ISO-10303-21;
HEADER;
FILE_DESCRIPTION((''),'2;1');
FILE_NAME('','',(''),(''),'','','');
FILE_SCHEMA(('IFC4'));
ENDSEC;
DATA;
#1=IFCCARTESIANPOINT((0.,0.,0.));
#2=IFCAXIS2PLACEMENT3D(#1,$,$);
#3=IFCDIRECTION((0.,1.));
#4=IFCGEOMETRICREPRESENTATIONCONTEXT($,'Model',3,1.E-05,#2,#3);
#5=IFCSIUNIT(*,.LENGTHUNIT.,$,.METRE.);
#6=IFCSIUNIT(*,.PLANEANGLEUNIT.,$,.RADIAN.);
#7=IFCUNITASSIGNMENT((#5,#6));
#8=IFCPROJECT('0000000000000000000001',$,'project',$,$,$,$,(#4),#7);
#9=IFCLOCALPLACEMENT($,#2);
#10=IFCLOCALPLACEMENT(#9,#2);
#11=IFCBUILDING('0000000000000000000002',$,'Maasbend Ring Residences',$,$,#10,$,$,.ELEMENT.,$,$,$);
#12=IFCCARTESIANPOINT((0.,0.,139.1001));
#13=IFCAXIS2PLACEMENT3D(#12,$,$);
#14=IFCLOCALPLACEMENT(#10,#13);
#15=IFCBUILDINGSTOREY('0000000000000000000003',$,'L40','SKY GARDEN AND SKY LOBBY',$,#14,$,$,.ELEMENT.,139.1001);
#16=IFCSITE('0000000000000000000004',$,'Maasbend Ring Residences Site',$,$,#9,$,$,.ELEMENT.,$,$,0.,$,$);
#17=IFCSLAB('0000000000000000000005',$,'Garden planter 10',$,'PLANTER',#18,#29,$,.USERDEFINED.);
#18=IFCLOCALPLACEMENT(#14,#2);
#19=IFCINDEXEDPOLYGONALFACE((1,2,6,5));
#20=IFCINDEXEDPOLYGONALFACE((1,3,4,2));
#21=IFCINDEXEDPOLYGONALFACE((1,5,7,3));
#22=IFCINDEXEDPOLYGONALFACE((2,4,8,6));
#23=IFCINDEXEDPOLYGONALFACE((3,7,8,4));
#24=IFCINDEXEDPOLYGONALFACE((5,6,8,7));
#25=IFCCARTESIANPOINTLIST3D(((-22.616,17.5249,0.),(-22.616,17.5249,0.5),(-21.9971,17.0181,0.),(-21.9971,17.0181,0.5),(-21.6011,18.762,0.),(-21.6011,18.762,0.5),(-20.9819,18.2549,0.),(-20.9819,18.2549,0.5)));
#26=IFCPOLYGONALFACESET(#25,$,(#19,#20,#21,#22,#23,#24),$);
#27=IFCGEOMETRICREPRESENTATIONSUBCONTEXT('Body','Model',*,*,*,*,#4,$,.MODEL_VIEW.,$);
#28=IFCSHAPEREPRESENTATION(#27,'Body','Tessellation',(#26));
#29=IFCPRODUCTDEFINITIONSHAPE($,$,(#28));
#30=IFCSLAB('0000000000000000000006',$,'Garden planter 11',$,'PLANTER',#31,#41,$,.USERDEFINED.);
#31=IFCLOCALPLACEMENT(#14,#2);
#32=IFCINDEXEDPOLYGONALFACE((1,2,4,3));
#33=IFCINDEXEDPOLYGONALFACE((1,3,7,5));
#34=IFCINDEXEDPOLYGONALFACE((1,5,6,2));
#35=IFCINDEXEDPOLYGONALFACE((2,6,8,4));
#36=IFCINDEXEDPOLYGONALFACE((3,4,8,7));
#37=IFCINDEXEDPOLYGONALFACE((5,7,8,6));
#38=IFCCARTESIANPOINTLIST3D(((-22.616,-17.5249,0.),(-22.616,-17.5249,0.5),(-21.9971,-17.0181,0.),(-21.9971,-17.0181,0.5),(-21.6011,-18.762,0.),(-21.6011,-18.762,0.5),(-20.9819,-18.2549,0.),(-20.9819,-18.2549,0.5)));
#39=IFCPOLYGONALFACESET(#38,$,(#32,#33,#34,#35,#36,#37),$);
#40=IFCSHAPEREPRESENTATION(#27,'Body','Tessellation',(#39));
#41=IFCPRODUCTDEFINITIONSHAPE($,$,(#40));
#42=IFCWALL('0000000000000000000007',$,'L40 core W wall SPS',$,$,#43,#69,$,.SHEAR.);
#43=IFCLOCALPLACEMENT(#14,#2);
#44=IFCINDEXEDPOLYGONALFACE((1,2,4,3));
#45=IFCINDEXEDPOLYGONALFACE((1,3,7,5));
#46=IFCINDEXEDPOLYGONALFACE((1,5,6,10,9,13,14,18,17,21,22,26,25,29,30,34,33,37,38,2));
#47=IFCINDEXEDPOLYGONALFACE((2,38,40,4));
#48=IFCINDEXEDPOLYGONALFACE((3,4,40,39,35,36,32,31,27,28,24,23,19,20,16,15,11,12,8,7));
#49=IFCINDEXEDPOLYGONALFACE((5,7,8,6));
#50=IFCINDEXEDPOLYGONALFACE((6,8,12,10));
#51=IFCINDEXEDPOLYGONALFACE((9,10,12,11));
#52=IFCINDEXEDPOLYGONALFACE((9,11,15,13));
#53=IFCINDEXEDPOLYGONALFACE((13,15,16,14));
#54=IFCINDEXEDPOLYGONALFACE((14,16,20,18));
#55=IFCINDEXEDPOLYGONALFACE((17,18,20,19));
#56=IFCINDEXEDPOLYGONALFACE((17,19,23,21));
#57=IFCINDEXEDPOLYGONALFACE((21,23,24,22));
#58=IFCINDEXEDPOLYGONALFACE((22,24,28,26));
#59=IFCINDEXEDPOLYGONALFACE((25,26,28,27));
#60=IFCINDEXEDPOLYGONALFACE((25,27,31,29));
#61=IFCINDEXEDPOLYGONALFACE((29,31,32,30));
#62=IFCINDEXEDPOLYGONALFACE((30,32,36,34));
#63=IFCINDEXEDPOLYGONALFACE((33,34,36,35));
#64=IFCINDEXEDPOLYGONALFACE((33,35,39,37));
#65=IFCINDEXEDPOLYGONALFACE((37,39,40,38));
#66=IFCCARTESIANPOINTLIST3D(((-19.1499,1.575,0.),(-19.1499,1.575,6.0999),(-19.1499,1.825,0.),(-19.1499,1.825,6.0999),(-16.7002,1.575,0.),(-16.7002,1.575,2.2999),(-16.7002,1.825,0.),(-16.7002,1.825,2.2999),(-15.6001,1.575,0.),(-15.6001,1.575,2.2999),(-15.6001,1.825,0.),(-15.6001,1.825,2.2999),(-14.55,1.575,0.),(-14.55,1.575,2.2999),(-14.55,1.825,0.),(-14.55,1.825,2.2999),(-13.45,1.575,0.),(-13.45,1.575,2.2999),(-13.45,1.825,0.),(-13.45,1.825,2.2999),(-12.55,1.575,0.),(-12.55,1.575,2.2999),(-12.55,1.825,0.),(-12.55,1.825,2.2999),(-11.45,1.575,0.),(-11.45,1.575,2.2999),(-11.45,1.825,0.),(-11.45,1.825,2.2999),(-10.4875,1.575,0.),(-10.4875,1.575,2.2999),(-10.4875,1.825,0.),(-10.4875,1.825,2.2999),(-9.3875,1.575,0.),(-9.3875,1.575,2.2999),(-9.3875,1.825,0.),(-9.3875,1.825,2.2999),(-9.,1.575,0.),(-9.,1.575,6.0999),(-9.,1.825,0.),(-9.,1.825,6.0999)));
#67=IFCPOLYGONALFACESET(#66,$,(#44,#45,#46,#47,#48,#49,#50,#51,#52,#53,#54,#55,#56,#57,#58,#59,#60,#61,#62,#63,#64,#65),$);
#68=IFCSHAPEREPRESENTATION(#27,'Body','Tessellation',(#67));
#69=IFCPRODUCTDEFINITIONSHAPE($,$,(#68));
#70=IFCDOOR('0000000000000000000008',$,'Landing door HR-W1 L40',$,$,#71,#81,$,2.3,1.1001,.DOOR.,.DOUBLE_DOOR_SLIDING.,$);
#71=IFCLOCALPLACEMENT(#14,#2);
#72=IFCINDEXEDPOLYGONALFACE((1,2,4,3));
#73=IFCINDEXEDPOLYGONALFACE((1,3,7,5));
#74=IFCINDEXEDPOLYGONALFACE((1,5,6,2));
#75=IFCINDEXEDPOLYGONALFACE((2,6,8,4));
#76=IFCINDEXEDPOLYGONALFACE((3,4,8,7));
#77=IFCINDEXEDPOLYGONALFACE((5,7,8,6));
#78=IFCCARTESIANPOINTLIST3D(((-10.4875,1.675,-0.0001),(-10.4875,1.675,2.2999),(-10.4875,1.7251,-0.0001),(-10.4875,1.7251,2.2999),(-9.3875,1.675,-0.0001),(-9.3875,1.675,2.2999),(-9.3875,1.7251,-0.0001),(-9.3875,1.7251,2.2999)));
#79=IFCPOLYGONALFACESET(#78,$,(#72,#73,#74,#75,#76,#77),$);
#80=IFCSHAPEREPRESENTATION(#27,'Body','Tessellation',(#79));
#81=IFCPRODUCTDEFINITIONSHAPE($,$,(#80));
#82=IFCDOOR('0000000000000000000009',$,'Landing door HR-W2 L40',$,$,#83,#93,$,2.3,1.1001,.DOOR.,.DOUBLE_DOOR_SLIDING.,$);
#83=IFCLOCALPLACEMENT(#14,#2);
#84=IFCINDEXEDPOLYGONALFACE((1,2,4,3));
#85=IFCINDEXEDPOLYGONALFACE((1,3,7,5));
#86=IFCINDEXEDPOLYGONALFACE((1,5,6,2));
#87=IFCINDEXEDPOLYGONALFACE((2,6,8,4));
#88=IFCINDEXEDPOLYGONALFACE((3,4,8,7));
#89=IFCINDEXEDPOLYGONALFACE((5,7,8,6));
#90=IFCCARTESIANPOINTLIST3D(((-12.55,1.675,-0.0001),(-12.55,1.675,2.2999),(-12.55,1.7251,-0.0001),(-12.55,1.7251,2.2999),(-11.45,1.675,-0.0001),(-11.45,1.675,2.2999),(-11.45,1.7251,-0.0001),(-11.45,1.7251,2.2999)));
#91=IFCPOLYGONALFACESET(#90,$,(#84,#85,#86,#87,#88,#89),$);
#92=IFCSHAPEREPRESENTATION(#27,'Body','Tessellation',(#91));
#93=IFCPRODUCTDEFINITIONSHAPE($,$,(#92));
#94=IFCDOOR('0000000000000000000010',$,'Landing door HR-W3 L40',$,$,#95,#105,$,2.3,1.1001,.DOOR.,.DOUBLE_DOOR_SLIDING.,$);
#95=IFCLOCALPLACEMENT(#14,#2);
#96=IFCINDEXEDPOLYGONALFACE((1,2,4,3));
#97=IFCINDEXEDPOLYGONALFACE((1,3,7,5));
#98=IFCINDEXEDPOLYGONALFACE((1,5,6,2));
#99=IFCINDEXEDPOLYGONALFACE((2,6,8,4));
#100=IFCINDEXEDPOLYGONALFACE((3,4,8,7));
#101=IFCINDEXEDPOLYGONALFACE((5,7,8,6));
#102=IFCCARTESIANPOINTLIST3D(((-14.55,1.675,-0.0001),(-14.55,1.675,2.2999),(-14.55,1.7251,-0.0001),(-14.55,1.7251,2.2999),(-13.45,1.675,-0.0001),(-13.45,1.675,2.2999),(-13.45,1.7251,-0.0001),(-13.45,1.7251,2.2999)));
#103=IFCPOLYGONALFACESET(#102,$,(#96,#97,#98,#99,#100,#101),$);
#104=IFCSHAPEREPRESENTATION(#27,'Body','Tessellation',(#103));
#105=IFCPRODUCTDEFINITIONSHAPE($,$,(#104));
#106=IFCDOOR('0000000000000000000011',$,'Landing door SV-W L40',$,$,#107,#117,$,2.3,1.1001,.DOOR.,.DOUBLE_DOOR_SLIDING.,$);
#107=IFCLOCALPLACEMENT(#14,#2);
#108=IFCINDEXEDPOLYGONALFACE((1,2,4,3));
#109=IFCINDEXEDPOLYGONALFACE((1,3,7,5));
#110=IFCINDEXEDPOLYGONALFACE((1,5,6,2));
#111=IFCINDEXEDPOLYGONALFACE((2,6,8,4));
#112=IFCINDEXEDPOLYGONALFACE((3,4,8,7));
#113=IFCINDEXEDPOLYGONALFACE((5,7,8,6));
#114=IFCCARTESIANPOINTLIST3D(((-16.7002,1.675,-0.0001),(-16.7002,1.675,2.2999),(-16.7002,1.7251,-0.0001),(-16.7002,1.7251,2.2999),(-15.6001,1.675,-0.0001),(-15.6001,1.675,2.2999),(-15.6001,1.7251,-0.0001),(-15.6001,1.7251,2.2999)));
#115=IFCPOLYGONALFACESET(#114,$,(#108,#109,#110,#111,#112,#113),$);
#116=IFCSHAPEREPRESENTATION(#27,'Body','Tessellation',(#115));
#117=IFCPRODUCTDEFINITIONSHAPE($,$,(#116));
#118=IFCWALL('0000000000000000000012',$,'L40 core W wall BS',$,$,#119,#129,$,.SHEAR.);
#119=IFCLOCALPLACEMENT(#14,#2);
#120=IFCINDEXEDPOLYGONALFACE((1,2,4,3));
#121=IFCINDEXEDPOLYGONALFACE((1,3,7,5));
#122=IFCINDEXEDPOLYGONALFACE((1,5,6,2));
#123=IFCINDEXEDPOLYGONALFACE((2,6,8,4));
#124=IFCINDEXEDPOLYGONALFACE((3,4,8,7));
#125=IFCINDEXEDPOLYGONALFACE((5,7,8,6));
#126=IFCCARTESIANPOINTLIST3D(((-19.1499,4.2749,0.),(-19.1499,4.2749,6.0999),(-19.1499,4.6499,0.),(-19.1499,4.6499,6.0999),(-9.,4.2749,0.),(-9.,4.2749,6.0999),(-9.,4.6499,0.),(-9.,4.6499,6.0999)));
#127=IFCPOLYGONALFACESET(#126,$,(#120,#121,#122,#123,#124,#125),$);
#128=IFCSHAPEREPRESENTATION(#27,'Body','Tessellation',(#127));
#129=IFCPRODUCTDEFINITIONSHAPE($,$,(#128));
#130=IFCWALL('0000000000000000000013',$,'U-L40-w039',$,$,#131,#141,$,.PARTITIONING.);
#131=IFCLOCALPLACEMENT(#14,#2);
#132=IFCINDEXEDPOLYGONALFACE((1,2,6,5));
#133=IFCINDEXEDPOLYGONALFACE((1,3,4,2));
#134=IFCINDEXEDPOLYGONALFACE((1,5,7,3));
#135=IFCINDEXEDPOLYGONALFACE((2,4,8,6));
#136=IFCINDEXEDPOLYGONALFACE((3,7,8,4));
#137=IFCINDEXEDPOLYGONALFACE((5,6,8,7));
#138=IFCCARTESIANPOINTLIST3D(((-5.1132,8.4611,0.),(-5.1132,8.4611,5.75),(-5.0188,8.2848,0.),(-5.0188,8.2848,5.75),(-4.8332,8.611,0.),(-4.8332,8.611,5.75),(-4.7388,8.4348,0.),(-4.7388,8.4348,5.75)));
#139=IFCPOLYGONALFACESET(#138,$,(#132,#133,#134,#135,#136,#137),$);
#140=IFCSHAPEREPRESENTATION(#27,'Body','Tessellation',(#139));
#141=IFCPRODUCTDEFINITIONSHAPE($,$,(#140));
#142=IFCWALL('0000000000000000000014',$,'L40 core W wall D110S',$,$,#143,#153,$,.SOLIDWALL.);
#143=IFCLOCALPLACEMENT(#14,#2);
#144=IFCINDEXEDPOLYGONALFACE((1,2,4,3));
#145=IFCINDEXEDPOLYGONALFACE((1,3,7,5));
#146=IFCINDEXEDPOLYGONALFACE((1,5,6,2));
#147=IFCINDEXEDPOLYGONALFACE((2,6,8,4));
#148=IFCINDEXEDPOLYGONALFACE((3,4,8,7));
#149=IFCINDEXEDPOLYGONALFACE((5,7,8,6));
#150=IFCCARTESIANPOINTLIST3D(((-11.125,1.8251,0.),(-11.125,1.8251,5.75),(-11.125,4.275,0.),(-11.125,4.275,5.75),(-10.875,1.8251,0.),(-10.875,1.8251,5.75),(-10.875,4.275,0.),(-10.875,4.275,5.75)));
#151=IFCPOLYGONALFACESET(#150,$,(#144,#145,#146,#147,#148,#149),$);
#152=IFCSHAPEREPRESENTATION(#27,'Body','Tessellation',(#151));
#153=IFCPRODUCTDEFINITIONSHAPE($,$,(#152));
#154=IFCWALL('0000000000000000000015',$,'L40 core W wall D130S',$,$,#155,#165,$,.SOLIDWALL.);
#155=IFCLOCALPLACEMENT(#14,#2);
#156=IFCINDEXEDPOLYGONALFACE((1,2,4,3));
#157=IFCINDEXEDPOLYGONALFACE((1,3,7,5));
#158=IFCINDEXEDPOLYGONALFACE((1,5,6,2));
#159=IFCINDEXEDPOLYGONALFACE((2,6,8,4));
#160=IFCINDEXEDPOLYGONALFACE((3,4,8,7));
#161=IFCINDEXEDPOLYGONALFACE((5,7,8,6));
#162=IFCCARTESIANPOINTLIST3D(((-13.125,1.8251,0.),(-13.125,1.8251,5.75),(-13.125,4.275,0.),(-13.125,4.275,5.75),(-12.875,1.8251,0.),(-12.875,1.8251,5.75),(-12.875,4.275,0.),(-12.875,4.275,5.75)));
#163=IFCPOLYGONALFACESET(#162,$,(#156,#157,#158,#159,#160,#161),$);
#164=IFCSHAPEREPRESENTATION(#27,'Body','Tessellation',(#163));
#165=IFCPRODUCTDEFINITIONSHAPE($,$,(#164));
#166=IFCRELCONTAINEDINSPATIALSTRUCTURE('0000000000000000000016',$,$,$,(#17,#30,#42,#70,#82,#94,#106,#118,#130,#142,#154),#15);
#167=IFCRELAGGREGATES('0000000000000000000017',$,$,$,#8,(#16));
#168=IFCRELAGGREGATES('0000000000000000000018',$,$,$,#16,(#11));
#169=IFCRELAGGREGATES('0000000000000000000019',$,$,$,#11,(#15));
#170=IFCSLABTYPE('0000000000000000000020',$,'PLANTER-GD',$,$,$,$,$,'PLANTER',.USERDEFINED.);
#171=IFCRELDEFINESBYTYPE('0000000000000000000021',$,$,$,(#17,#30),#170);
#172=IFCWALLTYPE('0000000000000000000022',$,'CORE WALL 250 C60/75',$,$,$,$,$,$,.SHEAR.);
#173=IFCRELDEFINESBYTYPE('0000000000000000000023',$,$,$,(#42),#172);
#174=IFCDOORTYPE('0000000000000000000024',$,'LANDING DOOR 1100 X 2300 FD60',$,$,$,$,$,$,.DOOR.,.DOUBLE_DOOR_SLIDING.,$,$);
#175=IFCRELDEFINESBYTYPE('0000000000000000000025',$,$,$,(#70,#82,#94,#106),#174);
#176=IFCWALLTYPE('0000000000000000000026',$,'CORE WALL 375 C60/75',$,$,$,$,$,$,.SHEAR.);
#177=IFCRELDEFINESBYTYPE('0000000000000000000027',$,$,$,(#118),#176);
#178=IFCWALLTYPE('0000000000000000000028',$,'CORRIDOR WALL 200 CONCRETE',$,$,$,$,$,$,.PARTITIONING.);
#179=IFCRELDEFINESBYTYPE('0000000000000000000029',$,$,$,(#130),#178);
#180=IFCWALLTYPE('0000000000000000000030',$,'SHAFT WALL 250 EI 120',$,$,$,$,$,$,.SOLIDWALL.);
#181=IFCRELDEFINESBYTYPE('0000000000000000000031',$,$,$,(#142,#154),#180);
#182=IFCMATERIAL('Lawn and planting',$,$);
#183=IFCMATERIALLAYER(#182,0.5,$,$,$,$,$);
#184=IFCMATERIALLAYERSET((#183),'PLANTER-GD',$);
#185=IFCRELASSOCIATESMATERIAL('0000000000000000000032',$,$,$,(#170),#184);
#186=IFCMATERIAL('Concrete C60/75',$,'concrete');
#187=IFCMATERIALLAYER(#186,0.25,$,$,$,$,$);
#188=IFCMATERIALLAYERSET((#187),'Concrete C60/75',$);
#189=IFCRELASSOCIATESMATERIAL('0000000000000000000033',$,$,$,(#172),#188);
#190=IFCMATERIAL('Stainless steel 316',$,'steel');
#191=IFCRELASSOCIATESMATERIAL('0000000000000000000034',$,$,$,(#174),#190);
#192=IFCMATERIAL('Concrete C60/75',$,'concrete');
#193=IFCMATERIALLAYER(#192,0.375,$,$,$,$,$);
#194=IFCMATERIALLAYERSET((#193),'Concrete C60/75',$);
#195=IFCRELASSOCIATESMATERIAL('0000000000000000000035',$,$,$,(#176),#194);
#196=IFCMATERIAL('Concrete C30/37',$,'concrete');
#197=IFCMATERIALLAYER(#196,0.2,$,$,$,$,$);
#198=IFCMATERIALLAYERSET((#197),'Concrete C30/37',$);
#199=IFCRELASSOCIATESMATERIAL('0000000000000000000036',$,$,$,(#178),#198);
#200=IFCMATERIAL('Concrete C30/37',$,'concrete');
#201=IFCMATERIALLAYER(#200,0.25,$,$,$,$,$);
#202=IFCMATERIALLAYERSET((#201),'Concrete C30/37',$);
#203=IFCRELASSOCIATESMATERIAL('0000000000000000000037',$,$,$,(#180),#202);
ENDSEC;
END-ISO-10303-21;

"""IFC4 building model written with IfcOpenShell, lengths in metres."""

from ifc_helpers import new_model, si_unit, direction, frame, frame_2d, origin, place, context, subcontext, project, spatial, polyline, rectangle, outline, extrude, material, layer, layer_set, type_object, element, fill, save


model = new_model("IFC4")

# Units and contexts
model_context = context("Model", 3, precision=1e-05, world=origin(), true_north=direction((0.0, 1.0)))
body_context = subcontext(model_context, "Body", "Model", "MODEL_VIEW")
ifc_project = project(units=[si_unit("LENGTHUNIT", "METRE"), si_unit("PLANEANGLEUNIT", "RADIAN")], contexts=[model_context])

# Site, building, storey
site_placement = place(None, origin())
site = spatial("IfcSite", under=ifc_project, at=site_placement, Name="Maasbend Ring Residences Site", CompositionType="ELEMENT", RefElevation=0.0)
building_placement = place(site_placement, origin())
building = spatial("IfcBuilding", under=site, at=building_placement, Name="Maasbend Ring Residences", CompositionType="ELEMENT")
storey_placement = place(building_placement, frame((0.0, 0.0, 139.1001)))
storey = spatial("IfcBuildingStorey", under=building, at=storey_placement, Name="L40", Description="SKY GARDEN AND SKY LOBBY", CompositionType="ELEMENT", Elevation=139.1001)

# Slabs
ifc_material_1 = material(Name="Lawn and planting")
ifc_layer_1 = layer(ifc_material_1, 0.5)
ifc_layer_set_1 = layer_set([ifc_layer_1], Name="PLANTER-GD")
slab_type = type_object("IfcSlabType", Name="PLANTER-GD", ElementType="PLANTER", PredefinedType="USERDEFINED", material=ifc_layer_set_1)
slab_1_placement = place(storey_placement, origin())
element("IfcSlab", 1, at=slab_1_placement, inside=storey, type_object=slab_type, Name="Garden planter 10", ObjectType="PLANTER", PredefinedType="USERDEFINED", context=body_context, shape_type="SweptSolid", body=[
    extrude(outline(polyline([(-21.6011, 18.762), (-22.616, 17.5249), (-21.9971, 17.0181), (-20.9819, 18.2549), (-21.6011, 18.762)])), origin(), (0.0, 0.0, 1.0), 0.5),
])
slab_2_placement = place(storey_placement, origin())
element("IfcSlab", 2, at=slab_2_placement, inside=storey, type_object=slab_type, Name="Garden planter 11", ObjectType="PLANTER", PredefinedType="USERDEFINED", context=body_context, shape_type="SweptSolid", body=[
    extrude(outline(polyline([(-22.616, -17.5249), (-21.6011, -18.762), (-20.9819, -18.2549), (-21.9971, -17.0181), (-22.616, -17.5249)])), origin(), (0.0, 0.0, 1.0), 0.5),
])

# Wall, openings, doors
ifc_material_2 = material(Name="Concrete C60/75", Category="concrete")
ifc_layer_2 = layer(ifc_material_2, 0.25)
ifc_layer_set_2 = layer_set([ifc_layer_2], Name="Concrete C60/75")
wall_type_1 = type_object("IfcWallType", Name="CORE WALL 250 C60/75", PredefinedType="SHEAR", material=ifc_layer_set_2)
wall_1_placement = place(storey_placement, frame((-9.0, 1.7, 0.0), z_axis=(0.0, 0.0, 1.0), x_axis=(-1.0, 0.0, 0.0)))
wall_1 = element("IfcWall", 3, at=wall_1_placement, inside=storey, type_object=wall_type_1, Name="L40 core W wall SPS", PredefinedType="SHEAR", context=body_context, shape_type="SweptSolid", body=[
    extrude(rectangle(XDim=10.1499, YDim=0.25, at=frame_2d((5.075, 0.0))), origin(), (0.0, 0.0, 1.0), 6.0999),
])
opening_1_placement = place(wall_1_placement, frame((0.3875, 0.0, 0.0)))
opening_1 = element("IfcOpeningElement", 4, at=opening_1_placement, cuts=wall_1, PredefinedType="OPENING", context=body_context, shape_type="SweptSolid", body=[
    extrude(rectangle(XDim=1.1001, YDim=2.3, at=frame_2d((0.55, 1.1499))), frame((0.0, 0.135, 0.0), z_axis=(0.0, -1.0, 0.0), x_axis=(1.0, 0.0, 0.0)), (0.0, 0.0, 1.0), 0.27),
])
opening_2_placement = place(wall_1_placement, frame((2.45, 0.0, 0.0)))
opening_2 = element("IfcOpeningElement", 5, at=opening_2_placement, cuts=wall_1, PredefinedType="OPENING", context=body_context, shape_type="SweptSolid", body=[
    extrude(rectangle(XDim=1.1001, YDim=2.3, at=frame_2d((0.55, 1.1499))), frame((0.0, 0.135, 0.0), z_axis=(0.0, -1.0, 0.0), x_axis=(1.0, 0.0, 0.0)), (0.0, 0.0, 1.0), 0.27),
])
opening_3_placement = place(wall_1_placement, frame((4.45, 0.0, 0.0)))
opening_3 = element("IfcOpeningElement", 6, at=opening_3_placement, cuts=wall_1, PredefinedType="OPENING", context=body_context, shape_type="SweptSolid", body=[
    extrude(rectangle(XDim=1.1001, YDim=2.3, at=frame_2d((0.55, 1.1499))), frame((0.0, 0.135, 0.0), z_axis=(0.0, -1.0, 0.0), x_axis=(1.0, 0.0, 0.0)), (0.0, 0.0, 1.0), 0.27),
])
opening_4_placement = place(wall_1_placement, frame((6.6001, 0.0, 0.0)))
opening_4 = element("IfcOpeningElement", 7, at=opening_4_placement, cuts=wall_1, PredefinedType="OPENING", context=body_context, shape_type="SweptSolid", body=[
    extrude(rectangle(XDim=1.1001, YDim=2.3, at=frame_2d((0.55, 1.1499))), frame((0.0, 0.135, 0.0), z_axis=(0.0, -1.0, 0.0), x_axis=(1.0, 0.0, 0.0)), (0.0, 0.0, 1.0), 0.27),
])
ifc_material_3 = material(Name="Stainless steel 316", Category="steel")
door_type = type_object("IfcDoorType", Name="LANDING DOOR 1100 X 2300 FD60", OperationType="DOUBLE_DOOR_SLIDING", PredefinedType="DOOR", material=ifc_material_3)
door_1_placement = place(opening_1_placement, origin())
door_1 = element("IfcDoor", 8, at=door_1_placement, inside=storey, type_object=door_type, Name="Landing door HR-W1 L40", OperationType="DOUBLE_DOOR_SLIDING", OverallHeight=2.3, OverallWidth=1.1001, PredefinedType="DOOR", context=body_context, shape_type="SweptSolid", body=[
    extrude(rectangle(XDim=1.1001, YDim=2.3, at=frame_2d((0.55, 1.1499))), frame((0.0, 0.0249, 0.0), z_axis=(0.0, -1.0, 0.0), x_axis=(1.0, 0.0, 0.0)), (0.0, 0.0, 1.0), 0.05),
])
fill(opening_1, door_1)
door_2_placement = place(opening_2_placement, origin())
door_2 = element("IfcDoor", 9, at=door_2_placement, inside=storey, type_object=door_type, Name="Landing door HR-W2 L40", OperationType="DOUBLE_DOOR_SLIDING", OverallHeight=2.3, OverallWidth=1.1001, PredefinedType="DOOR", context=body_context, shape_type="SweptSolid", body=[
    extrude(rectangle(XDim=1.1001, YDim=2.3, at=frame_2d((0.55, 1.1499))), frame((0.0, 0.0249, 0.0), z_axis=(0.0, -1.0, 0.0), x_axis=(1.0, 0.0, 0.0)), (0.0, 0.0, 1.0), 0.05),
])
fill(opening_2, door_2)
door_3_placement = place(opening_3_placement, origin())
door_3 = element("IfcDoor", 10, at=door_3_placement, inside=storey, type_object=door_type, Name="Landing door HR-W3 L40", OperationType="DOUBLE_DOOR_SLIDING", OverallHeight=2.3, OverallWidth=1.1001, PredefinedType="DOOR", context=body_context, shape_type="SweptSolid", body=[
    extrude(rectangle(XDim=1.1001, YDim=2.3, at=frame_2d((0.55, 1.1499))), frame((0.0, 0.0249, 0.0), z_axis=(0.0, -1.0, 0.0), x_axis=(1.0, 0.0, 0.0)), (0.0, 0.0, 1.0), 0.05),
])
fill(opening_3, door_3)
door_4_placement = place(opening_4_placement, origin())
door_4 = element("IfcDoor", 11, at=door_4_placement, inside=storey, type_object=door_type, Name="Landing door SV-W L40", OperationType="DOUBLE_DOOR_SLIDING", OverallHeight=2.3, OverallWidth=1.1001, PredefinedType="DOOR", context=body_context, shape_type="SweptSolid", body=[
    extrude(rectangle(XDim=1.1001, YDim=2.3, at=frame_2d((0.55, 1.1499))), frame((0.0, 0.0249, 0.0), z_axis=(0.0, -1.0, 0.0), x_axis=(1.0, 0.0, 0.0)), (0.0, 0.0, 1.0), 0.05),
])
fill(opening_4, door_4)

# Walls
ifc_material_4 = material(Name="Concrete C60/75", Category="concrete")
ifc_layer_3 = layer(ifc_material_4, 0.375)
ifc_layer_set_3 = layer_set([ifc_layer_3], Name="Concrete C60/75")
wall_type_2 = type_object("IfcWallType", Name="CORE WALL 375 C60/75", PredefinedType="SHEAR", material=ifc_layer_set_3)
wall_2_placement = place(storey_placement, frame((-9.0, 4.4624, 0.0), z_axis=(0.0, 0.0, 1.0), x_axis=(-1.0, 0.0, 0.0)))
element("IfcWall", 12, at=wall_2_placement, inside=storey, type_object=wall_type_2, Name="L40 core W wall BS", PredefinedType="SHEAR", context=body_context, shape_type="SweptSolid", body=[
    extrude(rectangle(XDim=10.1499, YDim=0.375, at=frame_2d((5.075, 0.0))), origin(), (0.0, 0.0, 1.0), 6.0999),
])
ifc_material_5 = material(Name="Concrete C30/37", Category="concrete")
ifc_layer_4 = layer(ifc_material_5, 0.2)
ifc_layer_set_4 = layer_set([ifc_layer_4], Name="Concrete C30/37")
wall_type_3 = type_object("IfcWallType", Name="CORRIDOR WALL 200 CONCRETE", PredefinedType="PARTITIONING", material=ifc_layer_set_4)
wall_3_placement = place(storey_placement, frame((-5.0659, 8.373, 0.0), z_axis=(0.0, 0.0, 1.0), x_axis=(0.881628, 0.471944, 0.0)))
element("IfcWall", 13, at=wall_3_placement, inside=storey, type_object=wall_type_3, Name="U-L40-w039", PredefinedType="PARTITIONING", context=body_context, shape_type="SweptSolid", body=[
    extrude(rectangle(XDim=0.3176, YDim=0.2, at=frame_2d((0.1587, 0.0))), origin(), (0.0, 0.0, 1.0), 5.75),
])
ifc_material_6 = material(Name="Concrete C30/37", Category="concrete")
ifc_layer_5 = layer(ifc_material_6, 0.25)
ifc_layer_set_5 = layer_set([ifc_layer_5], Name="Concrete C30/37")
wall_type_4 = type_object("IfcWallType", Name="SHAFT WALL 250 EI 120", PredefinedType="SOLIDWALL", material=ifc_layer_set_5)
for number, where, z_axis, x_axis, name in (
    (14, (-11.0, 1.825, 0.0), (0.0, 0.0, 1.0), (0.0, 1.0, 0.0), "L40 core W wall D110S"),
    (15, (-13.0, 1.825, 0.0), (0.0, 0.0, 1.0), (0.0, 1.0, 0.0), "L40 core W wall D130S"),
):
    element("IfcWall", number, at=place(storey_placement, frame(where, z_axis=z_axis, x_axis=x_axis)), inside=storey, type_object=wall_type_4, Name=name, PredefinedType="SOLIDWALL", context=body_context, shape_type="SweptSolid", body=[
        extrude(rectangle(XDim=2.45, YDim=0.25, at=frame_2d((1.2251, 0.0))), origin(), (0.0, 0.0, 1.0), 5.75),
    ])

save(model, "model.ifc")
